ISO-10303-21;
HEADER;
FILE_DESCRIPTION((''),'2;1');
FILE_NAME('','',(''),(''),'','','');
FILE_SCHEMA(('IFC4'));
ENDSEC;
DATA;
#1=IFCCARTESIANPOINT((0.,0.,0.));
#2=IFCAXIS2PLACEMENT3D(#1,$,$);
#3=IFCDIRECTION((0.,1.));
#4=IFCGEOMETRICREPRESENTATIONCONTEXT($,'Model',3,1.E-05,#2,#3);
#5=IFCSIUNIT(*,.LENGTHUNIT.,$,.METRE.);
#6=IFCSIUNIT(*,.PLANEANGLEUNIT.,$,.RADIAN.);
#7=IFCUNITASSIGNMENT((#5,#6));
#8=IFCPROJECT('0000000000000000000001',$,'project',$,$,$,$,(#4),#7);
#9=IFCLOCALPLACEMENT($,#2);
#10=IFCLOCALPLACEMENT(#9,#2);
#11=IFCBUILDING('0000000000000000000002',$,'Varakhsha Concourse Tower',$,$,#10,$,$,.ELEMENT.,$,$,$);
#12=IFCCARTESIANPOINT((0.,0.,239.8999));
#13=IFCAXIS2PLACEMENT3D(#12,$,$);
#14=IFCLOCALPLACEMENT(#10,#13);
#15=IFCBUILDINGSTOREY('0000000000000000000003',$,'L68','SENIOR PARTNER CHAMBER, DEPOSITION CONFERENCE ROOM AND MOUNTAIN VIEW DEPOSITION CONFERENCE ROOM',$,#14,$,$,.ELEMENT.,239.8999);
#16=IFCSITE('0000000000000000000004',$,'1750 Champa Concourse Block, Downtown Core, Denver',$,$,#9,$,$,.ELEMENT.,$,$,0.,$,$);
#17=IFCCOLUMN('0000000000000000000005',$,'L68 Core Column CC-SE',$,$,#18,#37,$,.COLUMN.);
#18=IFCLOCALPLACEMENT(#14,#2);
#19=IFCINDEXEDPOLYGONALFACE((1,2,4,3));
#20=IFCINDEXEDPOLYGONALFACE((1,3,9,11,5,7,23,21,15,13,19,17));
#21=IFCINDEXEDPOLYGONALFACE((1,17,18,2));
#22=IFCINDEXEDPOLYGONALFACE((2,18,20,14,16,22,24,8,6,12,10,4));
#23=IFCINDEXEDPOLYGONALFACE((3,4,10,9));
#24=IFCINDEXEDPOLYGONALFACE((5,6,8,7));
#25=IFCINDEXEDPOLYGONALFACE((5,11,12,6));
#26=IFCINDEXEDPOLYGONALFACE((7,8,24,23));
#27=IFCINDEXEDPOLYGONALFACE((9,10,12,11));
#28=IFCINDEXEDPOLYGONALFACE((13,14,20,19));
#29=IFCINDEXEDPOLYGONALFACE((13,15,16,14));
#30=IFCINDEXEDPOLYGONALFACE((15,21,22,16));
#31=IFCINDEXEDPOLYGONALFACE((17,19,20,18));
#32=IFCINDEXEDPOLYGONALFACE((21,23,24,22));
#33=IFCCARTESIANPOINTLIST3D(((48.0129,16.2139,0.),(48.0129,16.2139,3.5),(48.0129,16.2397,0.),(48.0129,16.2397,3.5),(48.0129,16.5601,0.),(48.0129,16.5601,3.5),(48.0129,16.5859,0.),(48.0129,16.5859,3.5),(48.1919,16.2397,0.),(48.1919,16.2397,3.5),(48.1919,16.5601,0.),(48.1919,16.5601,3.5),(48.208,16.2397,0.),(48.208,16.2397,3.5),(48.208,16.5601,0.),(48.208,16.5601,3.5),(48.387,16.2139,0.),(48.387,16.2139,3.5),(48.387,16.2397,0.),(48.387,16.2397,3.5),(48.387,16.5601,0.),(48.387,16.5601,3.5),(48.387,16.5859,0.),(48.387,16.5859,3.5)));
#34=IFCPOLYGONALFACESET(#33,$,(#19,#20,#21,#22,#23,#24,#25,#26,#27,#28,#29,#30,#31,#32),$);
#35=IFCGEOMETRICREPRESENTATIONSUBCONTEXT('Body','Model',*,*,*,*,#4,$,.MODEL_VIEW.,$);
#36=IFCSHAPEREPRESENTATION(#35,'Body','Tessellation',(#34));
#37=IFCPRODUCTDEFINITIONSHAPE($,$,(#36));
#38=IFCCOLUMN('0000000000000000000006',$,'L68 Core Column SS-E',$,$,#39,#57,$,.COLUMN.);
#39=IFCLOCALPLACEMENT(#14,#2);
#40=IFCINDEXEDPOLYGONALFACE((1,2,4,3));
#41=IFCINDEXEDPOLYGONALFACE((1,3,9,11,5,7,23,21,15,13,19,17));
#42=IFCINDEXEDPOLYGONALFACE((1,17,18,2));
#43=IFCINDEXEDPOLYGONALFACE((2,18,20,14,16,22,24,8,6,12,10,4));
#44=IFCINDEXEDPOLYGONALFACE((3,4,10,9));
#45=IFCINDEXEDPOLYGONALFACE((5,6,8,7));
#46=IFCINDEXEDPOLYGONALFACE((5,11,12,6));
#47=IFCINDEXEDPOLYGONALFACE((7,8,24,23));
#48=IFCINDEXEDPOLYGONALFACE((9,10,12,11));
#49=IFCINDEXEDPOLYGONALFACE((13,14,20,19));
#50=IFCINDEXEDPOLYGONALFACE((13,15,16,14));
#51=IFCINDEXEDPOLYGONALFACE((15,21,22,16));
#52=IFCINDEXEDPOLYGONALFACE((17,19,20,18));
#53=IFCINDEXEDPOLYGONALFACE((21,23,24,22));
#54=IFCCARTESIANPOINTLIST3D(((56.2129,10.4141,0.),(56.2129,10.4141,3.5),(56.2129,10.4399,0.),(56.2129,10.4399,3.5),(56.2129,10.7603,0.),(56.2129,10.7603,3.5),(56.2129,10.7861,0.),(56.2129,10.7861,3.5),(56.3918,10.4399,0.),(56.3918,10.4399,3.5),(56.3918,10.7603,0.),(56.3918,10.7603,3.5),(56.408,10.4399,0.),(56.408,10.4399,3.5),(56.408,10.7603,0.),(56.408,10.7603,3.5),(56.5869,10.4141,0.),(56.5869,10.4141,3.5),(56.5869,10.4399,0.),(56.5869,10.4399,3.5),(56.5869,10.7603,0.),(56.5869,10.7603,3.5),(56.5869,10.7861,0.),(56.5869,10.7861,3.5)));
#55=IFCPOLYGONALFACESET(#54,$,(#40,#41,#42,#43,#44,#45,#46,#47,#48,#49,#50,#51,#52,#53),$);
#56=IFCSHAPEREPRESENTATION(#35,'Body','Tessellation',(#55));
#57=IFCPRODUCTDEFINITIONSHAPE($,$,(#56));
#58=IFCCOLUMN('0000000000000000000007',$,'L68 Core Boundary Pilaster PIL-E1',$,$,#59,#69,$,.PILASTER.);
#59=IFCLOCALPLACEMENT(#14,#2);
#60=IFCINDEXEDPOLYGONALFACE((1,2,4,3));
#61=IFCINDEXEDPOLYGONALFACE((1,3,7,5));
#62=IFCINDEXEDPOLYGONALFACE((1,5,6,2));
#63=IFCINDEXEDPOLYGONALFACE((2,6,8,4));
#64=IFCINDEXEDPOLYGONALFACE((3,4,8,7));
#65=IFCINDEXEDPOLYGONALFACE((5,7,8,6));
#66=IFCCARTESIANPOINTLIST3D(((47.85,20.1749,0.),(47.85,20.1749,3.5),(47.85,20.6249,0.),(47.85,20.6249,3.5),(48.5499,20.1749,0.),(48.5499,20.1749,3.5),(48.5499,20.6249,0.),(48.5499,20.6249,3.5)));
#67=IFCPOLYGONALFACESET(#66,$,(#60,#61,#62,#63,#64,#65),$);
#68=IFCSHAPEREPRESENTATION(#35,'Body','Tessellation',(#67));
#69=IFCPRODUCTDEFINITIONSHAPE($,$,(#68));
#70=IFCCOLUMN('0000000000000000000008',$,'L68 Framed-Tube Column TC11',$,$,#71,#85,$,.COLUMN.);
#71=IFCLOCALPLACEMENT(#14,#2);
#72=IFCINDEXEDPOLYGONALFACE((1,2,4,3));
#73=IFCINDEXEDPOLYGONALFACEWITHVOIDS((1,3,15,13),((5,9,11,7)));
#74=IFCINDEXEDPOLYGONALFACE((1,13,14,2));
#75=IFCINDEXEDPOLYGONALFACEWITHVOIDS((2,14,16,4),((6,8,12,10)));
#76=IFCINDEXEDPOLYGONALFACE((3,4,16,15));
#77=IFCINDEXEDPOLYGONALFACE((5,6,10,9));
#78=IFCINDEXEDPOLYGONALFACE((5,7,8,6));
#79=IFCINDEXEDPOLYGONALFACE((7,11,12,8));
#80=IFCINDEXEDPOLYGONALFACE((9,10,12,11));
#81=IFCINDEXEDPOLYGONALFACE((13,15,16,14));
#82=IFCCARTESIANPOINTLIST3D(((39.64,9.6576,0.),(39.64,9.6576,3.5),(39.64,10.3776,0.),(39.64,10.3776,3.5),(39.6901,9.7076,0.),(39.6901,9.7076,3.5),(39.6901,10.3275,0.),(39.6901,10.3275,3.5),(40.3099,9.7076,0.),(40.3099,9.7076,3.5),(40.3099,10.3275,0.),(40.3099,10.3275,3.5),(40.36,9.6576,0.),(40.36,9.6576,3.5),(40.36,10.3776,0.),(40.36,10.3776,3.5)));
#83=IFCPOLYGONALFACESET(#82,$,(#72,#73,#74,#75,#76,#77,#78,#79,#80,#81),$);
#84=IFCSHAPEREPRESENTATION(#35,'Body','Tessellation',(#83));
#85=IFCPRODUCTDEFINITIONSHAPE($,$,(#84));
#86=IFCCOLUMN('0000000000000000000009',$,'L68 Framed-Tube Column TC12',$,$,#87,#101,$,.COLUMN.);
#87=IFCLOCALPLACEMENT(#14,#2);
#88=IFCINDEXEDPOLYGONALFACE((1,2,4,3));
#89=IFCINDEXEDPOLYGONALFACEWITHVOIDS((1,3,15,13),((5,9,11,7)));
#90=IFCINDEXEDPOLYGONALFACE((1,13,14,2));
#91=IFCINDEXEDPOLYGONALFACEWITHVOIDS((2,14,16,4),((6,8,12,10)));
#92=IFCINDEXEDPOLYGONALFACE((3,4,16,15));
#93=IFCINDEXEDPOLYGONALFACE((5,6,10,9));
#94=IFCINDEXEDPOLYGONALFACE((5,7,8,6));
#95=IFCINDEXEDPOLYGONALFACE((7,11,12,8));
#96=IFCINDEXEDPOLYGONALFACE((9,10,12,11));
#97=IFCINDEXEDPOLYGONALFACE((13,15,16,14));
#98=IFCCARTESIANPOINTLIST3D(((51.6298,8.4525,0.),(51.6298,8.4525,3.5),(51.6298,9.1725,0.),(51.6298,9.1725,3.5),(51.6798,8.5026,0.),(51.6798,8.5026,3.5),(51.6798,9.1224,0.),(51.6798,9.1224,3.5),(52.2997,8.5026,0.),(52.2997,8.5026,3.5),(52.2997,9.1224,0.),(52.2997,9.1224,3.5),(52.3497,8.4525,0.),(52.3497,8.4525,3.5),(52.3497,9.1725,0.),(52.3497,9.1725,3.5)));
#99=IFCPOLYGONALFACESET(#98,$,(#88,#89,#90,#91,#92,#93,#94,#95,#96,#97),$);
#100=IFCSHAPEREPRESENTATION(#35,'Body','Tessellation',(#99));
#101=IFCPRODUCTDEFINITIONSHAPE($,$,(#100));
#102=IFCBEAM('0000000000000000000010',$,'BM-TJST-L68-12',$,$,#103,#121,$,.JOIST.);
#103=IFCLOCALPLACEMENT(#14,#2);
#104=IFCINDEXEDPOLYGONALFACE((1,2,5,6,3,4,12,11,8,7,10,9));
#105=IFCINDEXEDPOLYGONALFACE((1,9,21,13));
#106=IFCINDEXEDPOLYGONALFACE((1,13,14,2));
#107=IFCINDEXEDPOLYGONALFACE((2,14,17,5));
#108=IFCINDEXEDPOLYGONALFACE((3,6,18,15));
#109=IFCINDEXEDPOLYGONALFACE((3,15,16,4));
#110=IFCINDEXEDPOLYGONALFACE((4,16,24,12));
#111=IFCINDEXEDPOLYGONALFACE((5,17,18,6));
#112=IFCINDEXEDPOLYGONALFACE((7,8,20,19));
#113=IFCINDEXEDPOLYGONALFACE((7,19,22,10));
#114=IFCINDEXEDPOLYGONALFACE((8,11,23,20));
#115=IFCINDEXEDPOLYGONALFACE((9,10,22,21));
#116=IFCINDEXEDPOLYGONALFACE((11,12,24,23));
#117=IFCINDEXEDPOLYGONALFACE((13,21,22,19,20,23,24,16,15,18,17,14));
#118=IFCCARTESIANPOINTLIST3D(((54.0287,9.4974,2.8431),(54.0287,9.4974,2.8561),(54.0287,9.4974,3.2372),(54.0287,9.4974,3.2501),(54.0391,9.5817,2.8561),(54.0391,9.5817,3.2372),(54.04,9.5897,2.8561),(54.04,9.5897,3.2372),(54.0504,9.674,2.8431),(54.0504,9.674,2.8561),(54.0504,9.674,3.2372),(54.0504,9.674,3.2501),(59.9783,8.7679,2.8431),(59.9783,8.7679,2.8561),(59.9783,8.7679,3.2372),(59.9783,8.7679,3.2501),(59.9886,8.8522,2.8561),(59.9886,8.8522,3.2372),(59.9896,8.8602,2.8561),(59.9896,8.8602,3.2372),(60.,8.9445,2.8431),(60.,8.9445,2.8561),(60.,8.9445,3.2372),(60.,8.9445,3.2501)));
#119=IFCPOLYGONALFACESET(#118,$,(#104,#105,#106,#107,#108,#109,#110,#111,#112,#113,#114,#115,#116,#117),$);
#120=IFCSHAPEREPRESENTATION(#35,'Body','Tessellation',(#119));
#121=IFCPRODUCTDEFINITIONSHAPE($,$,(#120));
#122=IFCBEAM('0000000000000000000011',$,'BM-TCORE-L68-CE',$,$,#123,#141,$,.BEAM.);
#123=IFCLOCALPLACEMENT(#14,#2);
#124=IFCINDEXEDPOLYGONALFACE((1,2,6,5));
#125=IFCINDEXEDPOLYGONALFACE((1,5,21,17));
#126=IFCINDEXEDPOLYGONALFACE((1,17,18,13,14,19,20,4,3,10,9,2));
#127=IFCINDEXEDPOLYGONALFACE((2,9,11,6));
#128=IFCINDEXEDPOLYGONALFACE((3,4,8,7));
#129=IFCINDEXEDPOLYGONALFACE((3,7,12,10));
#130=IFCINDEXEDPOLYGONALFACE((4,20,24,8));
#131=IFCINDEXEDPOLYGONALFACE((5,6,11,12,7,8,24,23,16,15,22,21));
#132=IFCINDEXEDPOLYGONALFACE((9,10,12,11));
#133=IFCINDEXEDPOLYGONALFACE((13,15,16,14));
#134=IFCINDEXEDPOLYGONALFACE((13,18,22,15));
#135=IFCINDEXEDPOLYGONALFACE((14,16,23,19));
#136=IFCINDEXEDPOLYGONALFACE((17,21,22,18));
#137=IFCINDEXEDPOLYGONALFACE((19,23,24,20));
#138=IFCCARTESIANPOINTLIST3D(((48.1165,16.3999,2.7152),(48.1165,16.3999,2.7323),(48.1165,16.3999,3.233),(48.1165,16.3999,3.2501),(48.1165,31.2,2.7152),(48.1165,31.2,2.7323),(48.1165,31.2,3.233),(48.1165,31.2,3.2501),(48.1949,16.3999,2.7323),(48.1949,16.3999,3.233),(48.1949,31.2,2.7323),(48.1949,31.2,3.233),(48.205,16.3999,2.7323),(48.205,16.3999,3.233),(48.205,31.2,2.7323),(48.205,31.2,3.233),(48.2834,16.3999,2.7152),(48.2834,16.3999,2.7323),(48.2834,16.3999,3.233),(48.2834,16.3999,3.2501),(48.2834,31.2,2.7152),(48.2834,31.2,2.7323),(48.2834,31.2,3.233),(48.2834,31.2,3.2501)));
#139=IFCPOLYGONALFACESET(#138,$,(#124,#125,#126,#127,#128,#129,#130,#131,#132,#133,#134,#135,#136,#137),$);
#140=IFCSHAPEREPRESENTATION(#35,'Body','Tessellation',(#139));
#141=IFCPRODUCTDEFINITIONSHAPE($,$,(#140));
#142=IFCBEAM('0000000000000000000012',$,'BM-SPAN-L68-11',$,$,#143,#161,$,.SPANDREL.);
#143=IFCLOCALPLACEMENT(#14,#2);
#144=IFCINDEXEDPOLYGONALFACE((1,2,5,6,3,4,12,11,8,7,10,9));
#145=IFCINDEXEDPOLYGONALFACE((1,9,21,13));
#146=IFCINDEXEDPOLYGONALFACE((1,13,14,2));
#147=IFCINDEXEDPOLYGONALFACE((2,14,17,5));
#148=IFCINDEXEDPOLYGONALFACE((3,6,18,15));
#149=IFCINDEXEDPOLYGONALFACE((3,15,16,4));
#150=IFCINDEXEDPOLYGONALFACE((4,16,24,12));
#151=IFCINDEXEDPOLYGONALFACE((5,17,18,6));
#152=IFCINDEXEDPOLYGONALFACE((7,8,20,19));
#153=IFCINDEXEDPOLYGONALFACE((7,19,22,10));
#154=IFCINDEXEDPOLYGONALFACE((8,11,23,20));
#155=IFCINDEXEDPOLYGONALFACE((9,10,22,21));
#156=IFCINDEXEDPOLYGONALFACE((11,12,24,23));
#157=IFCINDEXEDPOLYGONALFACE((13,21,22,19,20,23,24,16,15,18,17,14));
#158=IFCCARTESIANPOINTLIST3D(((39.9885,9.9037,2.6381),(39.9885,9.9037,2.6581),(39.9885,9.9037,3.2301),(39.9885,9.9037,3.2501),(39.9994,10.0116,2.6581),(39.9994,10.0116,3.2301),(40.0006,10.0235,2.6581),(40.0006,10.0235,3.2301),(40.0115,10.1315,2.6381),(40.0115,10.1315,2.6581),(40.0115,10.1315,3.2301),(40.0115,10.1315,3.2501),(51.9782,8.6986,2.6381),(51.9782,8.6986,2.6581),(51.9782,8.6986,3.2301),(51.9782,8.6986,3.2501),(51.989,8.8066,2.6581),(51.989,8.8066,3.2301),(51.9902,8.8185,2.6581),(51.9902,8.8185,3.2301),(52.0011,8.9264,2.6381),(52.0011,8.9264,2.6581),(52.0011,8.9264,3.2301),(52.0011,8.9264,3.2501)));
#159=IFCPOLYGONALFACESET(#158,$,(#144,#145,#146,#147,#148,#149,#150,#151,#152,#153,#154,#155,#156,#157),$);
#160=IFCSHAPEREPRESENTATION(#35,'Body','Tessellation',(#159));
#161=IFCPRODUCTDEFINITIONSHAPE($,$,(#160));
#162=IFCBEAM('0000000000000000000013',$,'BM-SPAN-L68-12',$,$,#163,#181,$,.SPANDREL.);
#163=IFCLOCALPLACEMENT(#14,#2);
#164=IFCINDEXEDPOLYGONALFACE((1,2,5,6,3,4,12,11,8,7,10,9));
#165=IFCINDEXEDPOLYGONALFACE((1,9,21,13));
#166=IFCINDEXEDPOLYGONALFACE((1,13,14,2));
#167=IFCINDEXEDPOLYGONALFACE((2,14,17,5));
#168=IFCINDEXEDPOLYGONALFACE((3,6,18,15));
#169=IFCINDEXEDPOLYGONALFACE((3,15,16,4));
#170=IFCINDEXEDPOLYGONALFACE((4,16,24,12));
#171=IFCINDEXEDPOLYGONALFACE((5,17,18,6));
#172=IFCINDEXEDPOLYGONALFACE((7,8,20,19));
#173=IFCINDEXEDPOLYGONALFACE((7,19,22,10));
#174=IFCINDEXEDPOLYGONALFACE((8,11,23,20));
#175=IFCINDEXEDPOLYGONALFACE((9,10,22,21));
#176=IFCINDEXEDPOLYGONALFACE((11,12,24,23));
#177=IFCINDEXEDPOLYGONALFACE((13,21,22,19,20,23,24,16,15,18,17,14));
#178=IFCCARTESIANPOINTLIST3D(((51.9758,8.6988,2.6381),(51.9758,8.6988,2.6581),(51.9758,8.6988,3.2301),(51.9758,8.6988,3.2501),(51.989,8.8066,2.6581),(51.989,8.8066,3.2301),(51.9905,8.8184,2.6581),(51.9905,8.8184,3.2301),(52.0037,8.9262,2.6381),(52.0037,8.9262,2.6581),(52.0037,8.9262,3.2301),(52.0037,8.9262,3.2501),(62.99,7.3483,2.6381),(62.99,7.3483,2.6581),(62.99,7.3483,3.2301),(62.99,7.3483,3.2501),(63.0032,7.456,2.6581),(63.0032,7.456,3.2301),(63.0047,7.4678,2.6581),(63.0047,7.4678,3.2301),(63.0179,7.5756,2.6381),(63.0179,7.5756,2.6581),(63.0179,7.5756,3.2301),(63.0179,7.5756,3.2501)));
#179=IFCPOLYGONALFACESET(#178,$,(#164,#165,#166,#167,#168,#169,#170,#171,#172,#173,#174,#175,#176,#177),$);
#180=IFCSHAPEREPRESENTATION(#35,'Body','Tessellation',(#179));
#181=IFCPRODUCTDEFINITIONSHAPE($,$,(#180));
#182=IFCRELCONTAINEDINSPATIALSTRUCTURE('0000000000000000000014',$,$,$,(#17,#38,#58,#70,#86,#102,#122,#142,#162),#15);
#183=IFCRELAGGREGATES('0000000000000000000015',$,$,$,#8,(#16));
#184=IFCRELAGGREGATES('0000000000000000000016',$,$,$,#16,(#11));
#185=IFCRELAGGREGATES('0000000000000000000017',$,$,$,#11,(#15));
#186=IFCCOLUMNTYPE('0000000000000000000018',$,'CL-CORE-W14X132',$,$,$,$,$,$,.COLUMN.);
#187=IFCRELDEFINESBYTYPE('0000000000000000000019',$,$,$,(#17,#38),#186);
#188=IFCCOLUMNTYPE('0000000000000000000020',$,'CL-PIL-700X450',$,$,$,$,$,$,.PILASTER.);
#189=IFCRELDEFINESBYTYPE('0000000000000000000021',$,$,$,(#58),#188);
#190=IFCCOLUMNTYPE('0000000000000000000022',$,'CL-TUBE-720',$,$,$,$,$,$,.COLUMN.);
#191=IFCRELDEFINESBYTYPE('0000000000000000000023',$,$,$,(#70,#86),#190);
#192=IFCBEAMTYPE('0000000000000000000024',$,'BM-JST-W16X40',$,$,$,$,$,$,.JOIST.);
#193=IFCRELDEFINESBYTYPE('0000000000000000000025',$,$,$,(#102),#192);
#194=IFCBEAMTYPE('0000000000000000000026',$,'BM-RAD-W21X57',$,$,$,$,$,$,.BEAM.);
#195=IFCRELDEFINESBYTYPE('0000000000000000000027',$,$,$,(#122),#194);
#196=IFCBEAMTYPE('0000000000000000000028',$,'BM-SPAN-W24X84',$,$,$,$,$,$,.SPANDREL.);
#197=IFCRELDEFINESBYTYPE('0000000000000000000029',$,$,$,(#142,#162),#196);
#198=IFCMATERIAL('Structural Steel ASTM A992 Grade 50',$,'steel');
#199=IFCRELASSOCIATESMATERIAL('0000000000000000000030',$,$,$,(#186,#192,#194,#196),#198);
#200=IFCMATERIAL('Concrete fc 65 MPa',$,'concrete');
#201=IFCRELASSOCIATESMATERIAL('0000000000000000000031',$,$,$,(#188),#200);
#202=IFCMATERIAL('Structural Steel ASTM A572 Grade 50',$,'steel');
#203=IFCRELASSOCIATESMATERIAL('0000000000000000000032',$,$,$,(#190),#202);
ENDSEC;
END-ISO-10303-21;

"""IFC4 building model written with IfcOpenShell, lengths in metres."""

from ifc_helpers import new_model, si_unit, direction, frame, origin, origin_2d, place, context, subcontext, project, spatial, rectangle, hollow_rectangle, i_section, extrude, material, material_profile, profile_set, type_object, element, save


model = new_model("IFC4")

# Units and contexts
model_context = context("Model", 3, precision=1e-05, world=origin(), true_north=direction((0.0, 1.0)))
body_context = subcontext(model_context, "Body", "Model", "MODEL_VIEW")
ifc_project = project(units=[si_unit("LENGTHUNIT", "METRE"), si_unit("PLANEANGLEUNIT", "RADIAN")], contexts=[model_context])

# Site, building, storey
site_placement = place(None, origin())
site = spatial("IfcSite", under=ifc_project, at=site_placement, Name="1750 Champa Concourse Block, Downtown Core, Denver", CompositionType="ELEMENT", RefElevation=0.0)
building_placement = place(site_placement, origin())
building = spatial("IfcBuilding", under=site, at=building_placement, Name="Varakhsha Concourse Tower", CompositionType="ELEMENT")
storey_placement = place(building_placement, frame((0.0, 0.0, 239.8999)))
storey = spatial("IfcBuildingStorey", under=building, at=storey_placement, Name="L68", Description="SENIOR PARTNER CHAMBER, DEPOSITION CONFERENCE ROOM AND MOUNTAIN VIEW DEPOSITION CONFERENCE ROOM", CompositionType="ELEMENT", Elevation=239.8999)

# Columns
ifc_material_1 = material(Name="Structural Steel ASTM A992 Grade 50", Category="steel")
ifc_material_profile_1 = material_profile(ifc_material_1, i_section(OverallWidth=0.374, OverallDepth=0.3721, WebThickness=0.0161, FlangeThickness=0.0259, at=origin_2d()), Name="W14X132")
ifc_profile_set_1 = profile_set([ifc_material_profile_1], Name="Structural Steel ASTM A992 Grade 50")
column_type_1 = type_object("IfcColumnType", Name="CL-CORE-W14X132", PredefinedType="COLUMN", material=ifc_profile_set_1)
for number, where, z_axis, x_axis, name in (
    (1, (48.2, 16.3999, 0.0), (0.0, 0.0, 1.0), (1.0, 0.0, 0.0), "L68 Core Column CC-SE"),
    (2, (56.3999, 10.6001, 0.0), (0.0, 0.0, 1.0), (1.0, 0.0, 0.0), "L68 Core Column SS-E"),
):
    element("IfcColumn", number, at=place(storey_placement, frame(where, z_axis=z_axis, x_axis=x_axis)), inside=storey, type_object=column_type_1, Name=name, PredefinedType="COLUMN", context=body_context, shape_type="SweptSolid", body=[
        extrude(i_section(OverallWidth=0.374, OverallDepth=0.3721, WebThickness=0.0161, FlangeThickness=0.0259, at=origin_2d()), origin(), (0.0, 0.0, 1.0), 3.5),
    ])
ifc_material_2 = material(Name="Concrete fc 65 MPa", Category="concrete")
ifc_material_profile_2 = material_profile(ifc_material_2, rectangle(XDim=0.7, YDim=0.45, at=origin_2d()), Name="RC 700x450")
ifc_profile_set_2 = profile_set([ifc_material_profile_2], Name="Concrete fc 65 MPa")
column_type_2 = type_object("IfcColumnType", Name="CL-PIL-700X450", PredefinedType="PILASTER", material=ifc_profile_set_2)
column_placement = place(storey_placement, frame((48.2, 20.3999, 0.0), z_axis=(0.0, 0.0, 1.0), x_axis=(1.0, 0.0, 0.0)))
element("IfcColumn", 3, at=column_placement, inside=storey, type_object=column_type_2, Name="L68 Core Boundary Pilaster PIL-E1", PredefinedType="PILASTER", context=body_context, shape_type="SweptSolid", body=[
    extrude(rectangle(XDim=0.7, YDim=0.45, at=origin_2d()), origin(), (0.0, 0.0, 1.0), 3.5),
])
ifc_material_3 = material(Name="Structural Steel ASTM A572 Grade 50", Category="steel")
ifc_material_profile_3 = material_profile(ifc_material_3, hollow_rectangle(XDim=0.72, YDim=0.72, WallThickness=0.05, at=origin_2d()), Name="BOX 720x720x50")
ifc_profile_set_3 = profile_set([ifc_material_profile_3], Name="Structural Steel ASTM A572 Grade 50")
column_type_3 = type_object("IfcColumnType", Name="CL-TUBE-720", PredefinedType="COLUMN", material=ifc_profile_set_3)
for number, where, z_axis, x_axis, name in (
    (4, (40.0, 10.0176, 0.0), (0.0, 0.0, 1.0), (1.0, 0.0, 0.0), "L68 Framed-Tube Column TC11"),
    (5, (51.9897, 8.8125, 0.0), (0.0, 0.0, 1.0), (1.0, 0.0, 0.0), "L68 Framed-Tube Column TC12"),
):
    element("IfcColumn", number, at=place(storey_placement, frame(where, z_axis=z_axis, x_axis=x_axis)), inside=storey, type_object=column_type_3, Name=name, PredefinedType="COLUMN", context=body_context, shape_type="SweptSolid", body=[
        extrude(hollow_rectangle(XDim=0.72, YDim=0.72, WallThickness=0.05, at=origin_2d()), origin(), (0.0, 0.0, 1.0), 3.5),
    ])

# Beams
ifc_material_profile_4 = material_profile(ifc_material_1, i_section(OverallWidth=0.178, OverallDepth=0.407, WebThickness=0.0081, FlangeThickness=0.0129, at=origin_2d()), Name="W16X40")
ifc_profile_set_4 = profile_set([ifc_material_profile_4], Name="Structural Steel ASTM A992 Grade 50")
beam_type_1 = type_object("IfcBeamType", Name="BM-JST-W16X40", PredefinedType="JOIST", material=ifc_profile_set_4)
beam_1_placement = place(storey_placement, frame((54.0396, 9.5857, 3.0466), z_axis=(0.992567, -0.121703, 0.0), x_axis=(0.121703, 0.992567, 0.0)))
element("IfcBeam", 6, at=beam_1_placement, inside=storey, type_object=beam_type_1, Name="BM-TJST-L68-12", PredefinedType="JOIST", context=body_context, shape_type="SweptSolid", body=[
    extrude(i_section(OverallWidth=0.178, OverallDepth=0.407, WebThickness=0.0081, FlangeThickness=0.0129, at=origin_2d()), origin(), (0.0, 0.0, 1.0), 5.9941),
])
ifc_material_profile_5 = material_profile(ifc_material_1, i_section(OverallWidth=0.167, OverallDepth=0.5349, WebThickness=0.01, FlangeThickness=0.0171, at=origin_2d()), Name="W21X57")
ifc_profile_set_5 = profile_set([ifc_material_profile_5], Name="Structural Steel ASTM A992 Grade 50")
beam_type_2 = type_object("IfcBeamType", Name="BM-RAD-W21X57", PredefinedType="BEAM", material=ifc_profile_set_5)
beam_2_placement = place(storey_placement, frame((48.2, 16.3999, 2.9827), z_axis=(0.0, 1.0, 0.0), x_axis=(-1.0, 0.0, 0.0)))
element("IfcBeam", 7, at=beam_2_placement, inside=storey, type_object=beam_type_2, Name="BM-TCORE-L68-CE", PredefinedType="BEAM", context=body_context, shape_type="SweptSolid", body=[
    extrude(i_section(OverallWidth=0.167, OverallDepth=0.5349, WebThickness=0.01, FlangeThickness=0.0171, at=origin_2d()), origin(), (0.0, 0.0, 1.0), 14.8),
])
ifc_material_profile_6 = material_profile(ifc_material_1, i_section(OverallWidth=0.229, OverallDepth=0.6121, WebThickness=0.012, FlangeThickness=0.02, at=origin_2d()), Name="W24X84")
ifc_profile_set_6 = profile_set([ifc_material_profile_6], Name="Structural Steel ASTM A992 Grade 50")
beam_type_3 = type_object("IfcBeamType", Name="BM-SPAN-W24X84", PredefinedType="SPANDREL", material=ifc_profile_set_6)
beam_3_placement = place(storey_placement, frame((40.0, 10.0176, 2.9441), z_axis=(0.994987, -0.100005, 0.0), x_axis=(0.100005, 0.994987, 0.0)))
element("IfcBeam", 8, at=beam_3_placement, inside=storey, type_object=beam_type_3, Name="BM-SPAN-L68-11", PredefinedType="SPANDREL", context=body_context, shape_type="SweptSolid", body=[
    extrude(i_section(OverallWidth=0.229, OverallDepth=0.6121, WebThickness=0.012, FlangeThickness=0.02, at=origin_2d()), origin(), (0.0, 0.0, 1.0), 12.05),
])
beam_4_placement = place(storey_placement, frame((51.9897, 8.8125, 2.9441), z_axis=(0.992566, -0.121711, 0.0), x_axis=(0.121711, 0.992566, 0.0)))
element("IfcBeam", 9, at=beam_4_placement, inside=storey, type_object=beam_type_3, Name="BM-SPAN-L68-12", PredefinedType="SPANDREL", context=body_context, shape_type="SweptSolid", body=[
    extrude(i_section(OverallWidth=0.229, OverallDepth=0.6121, WebThickness=0.012, FlangeThickness=0.02, at=origin_2d()), origin(), (0.0, 0.0, 1.0), 11.0967),
])

save(model, "model.ifc")
